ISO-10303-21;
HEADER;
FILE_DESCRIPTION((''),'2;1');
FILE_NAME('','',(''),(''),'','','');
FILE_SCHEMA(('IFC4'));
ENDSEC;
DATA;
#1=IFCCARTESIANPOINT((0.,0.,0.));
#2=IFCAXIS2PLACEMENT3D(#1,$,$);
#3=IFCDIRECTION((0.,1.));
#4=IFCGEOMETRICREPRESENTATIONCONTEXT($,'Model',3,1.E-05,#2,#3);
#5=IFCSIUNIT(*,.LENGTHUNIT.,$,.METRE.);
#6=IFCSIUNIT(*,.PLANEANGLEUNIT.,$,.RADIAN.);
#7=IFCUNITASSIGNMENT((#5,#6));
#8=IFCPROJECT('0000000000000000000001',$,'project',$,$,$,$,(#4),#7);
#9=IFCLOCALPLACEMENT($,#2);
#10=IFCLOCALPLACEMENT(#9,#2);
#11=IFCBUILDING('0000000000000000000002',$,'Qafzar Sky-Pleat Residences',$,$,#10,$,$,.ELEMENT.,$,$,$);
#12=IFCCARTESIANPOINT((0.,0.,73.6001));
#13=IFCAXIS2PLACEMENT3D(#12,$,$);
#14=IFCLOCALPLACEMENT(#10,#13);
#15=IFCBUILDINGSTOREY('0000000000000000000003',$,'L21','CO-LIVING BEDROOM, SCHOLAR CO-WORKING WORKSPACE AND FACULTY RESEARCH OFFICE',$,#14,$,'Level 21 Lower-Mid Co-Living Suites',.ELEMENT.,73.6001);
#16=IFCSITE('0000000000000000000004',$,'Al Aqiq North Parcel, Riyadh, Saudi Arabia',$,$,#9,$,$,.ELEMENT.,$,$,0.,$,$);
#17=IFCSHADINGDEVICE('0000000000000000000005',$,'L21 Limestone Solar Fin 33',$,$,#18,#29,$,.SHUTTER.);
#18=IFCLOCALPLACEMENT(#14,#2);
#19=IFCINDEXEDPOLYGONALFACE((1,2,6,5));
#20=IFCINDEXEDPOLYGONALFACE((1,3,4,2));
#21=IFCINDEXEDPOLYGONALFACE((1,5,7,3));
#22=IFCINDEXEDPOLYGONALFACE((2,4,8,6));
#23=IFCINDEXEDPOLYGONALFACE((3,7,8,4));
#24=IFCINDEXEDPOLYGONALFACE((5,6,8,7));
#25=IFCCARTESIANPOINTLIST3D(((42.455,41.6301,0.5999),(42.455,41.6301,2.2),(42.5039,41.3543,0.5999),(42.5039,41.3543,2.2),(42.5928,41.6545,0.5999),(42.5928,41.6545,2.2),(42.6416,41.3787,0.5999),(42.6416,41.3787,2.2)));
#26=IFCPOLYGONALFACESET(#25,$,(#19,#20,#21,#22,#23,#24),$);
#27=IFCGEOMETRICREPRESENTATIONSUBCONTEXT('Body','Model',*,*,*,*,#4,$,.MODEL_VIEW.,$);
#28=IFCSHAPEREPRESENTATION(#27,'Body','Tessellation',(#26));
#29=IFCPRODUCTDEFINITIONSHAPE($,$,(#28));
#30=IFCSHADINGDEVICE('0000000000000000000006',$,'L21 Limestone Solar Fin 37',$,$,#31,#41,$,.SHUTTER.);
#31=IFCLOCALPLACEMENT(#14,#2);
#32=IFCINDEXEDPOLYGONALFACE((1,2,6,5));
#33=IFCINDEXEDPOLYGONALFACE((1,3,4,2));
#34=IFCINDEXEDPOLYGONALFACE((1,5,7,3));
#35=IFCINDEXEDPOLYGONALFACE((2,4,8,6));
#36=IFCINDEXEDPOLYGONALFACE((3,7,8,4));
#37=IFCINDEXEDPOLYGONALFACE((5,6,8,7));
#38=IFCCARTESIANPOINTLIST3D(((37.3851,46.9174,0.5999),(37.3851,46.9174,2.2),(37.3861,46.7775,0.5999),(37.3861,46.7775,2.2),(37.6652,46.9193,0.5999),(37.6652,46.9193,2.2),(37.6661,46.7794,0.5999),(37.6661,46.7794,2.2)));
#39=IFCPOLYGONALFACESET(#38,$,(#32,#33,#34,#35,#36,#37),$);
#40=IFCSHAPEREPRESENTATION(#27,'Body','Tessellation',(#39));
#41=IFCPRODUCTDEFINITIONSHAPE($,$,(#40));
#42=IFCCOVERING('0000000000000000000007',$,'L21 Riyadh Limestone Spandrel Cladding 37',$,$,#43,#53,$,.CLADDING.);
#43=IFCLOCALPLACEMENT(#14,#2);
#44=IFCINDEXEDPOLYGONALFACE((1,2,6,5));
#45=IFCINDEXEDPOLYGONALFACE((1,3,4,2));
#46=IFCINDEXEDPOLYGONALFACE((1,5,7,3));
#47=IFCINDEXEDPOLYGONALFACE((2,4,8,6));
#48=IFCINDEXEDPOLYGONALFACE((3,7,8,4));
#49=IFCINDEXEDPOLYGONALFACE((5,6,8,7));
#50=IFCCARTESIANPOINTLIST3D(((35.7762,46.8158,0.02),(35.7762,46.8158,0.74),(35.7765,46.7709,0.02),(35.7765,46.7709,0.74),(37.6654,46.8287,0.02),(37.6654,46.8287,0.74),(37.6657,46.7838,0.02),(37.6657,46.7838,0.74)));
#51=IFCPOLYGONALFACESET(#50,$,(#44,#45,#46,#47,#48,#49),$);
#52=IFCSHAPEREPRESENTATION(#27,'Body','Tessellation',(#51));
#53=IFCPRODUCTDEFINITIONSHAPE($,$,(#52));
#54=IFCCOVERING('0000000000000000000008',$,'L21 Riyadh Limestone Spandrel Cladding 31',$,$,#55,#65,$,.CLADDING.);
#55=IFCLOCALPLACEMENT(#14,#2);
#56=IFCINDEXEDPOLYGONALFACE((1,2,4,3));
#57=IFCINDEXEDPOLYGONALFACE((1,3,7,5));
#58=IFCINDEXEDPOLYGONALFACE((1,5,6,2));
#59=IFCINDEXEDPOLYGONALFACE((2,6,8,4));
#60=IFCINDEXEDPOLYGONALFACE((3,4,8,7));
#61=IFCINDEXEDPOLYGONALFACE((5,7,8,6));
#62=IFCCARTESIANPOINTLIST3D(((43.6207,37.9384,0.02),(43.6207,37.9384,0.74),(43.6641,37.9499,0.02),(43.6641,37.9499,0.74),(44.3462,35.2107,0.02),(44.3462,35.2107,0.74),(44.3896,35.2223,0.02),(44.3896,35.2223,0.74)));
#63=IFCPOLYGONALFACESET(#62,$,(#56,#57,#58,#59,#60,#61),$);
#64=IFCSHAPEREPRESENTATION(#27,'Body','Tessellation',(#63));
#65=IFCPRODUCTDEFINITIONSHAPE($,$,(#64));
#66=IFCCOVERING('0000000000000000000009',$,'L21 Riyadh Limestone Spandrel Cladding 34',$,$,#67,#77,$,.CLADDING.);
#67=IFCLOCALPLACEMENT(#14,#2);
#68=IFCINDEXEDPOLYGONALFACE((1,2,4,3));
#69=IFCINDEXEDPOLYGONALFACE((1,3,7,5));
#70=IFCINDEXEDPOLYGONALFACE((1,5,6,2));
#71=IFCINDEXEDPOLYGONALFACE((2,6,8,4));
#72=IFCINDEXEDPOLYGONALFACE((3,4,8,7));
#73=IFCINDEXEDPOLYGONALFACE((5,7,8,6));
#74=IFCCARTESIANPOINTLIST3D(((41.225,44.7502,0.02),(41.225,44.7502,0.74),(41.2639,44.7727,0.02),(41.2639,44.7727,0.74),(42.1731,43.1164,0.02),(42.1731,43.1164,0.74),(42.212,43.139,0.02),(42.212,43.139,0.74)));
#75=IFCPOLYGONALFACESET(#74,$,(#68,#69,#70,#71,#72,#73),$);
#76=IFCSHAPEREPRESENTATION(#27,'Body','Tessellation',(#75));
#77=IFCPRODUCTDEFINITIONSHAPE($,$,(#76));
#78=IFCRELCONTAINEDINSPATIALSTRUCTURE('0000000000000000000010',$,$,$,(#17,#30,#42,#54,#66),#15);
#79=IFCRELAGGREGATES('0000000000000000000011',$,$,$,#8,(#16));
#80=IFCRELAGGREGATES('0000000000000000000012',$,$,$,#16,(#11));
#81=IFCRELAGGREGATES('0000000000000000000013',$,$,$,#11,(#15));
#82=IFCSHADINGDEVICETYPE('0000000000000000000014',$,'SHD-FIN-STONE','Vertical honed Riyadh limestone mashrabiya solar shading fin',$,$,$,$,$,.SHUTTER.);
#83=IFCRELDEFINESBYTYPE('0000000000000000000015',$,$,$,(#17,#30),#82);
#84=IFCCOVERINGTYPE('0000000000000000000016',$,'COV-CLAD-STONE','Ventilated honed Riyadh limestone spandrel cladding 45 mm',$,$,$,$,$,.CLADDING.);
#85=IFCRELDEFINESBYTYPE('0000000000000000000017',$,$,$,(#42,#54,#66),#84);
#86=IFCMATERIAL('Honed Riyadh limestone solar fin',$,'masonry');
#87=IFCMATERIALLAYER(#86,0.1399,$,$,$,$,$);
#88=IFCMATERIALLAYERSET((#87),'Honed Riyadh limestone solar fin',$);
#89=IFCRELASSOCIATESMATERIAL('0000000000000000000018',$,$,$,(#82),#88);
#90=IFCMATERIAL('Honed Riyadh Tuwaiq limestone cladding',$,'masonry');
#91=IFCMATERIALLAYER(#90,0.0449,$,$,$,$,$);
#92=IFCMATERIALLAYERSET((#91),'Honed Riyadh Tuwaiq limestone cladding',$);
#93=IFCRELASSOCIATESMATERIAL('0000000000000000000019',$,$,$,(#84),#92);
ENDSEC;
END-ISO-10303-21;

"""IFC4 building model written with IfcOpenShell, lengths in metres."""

from ifc_helpers import new_model, si_unit, direction, frame, origin, origin_2d, place, context, subcontext, project, spatial, rectangle, extrude, source, transform, mapped, material, layer, layer_set, type_object, element, save


model = new_model("IFC4")

# Units and contexts
model_context = context("Model", 3, precision=1e-05, world=origin(), true_north=direction((0.0, 1.0)))
body_context = subcontext(model_context, "Body", "Model", "MODEL_VIEW")
ifc_project = project(units=[si_unit("LENGTHUNIT", "METRE"), si_unit("PLANEANGLEUNIT", "RADIAN")], contexts=[model_context])

# Site, building, storey
site_placement = place(None, origin())
site = spatial("IfcSite", under=ifc_project, at=site_placement, Name="Al Aqiq North Parcel, Riyadh, Saudi Arabia", CompositionType="ELEMENT", RefElevation=0.0)
building_placement = place(site_placement, origin())
building = spatial("IfcBuilding", under=site, at=building_placement, Name="Qafzar Sky-Pleat Residences", CompositionType="ELEMENT")
storey_placement = place(building_placement, frame((0.0, 0.0, 73.6001)))
storey = spatial("IfcBuildingStorey", under=building, at=storey_placement, Name="L21", Description="CO-LIVING BEDROOM, SCHOLAR CO-WORKING WORKSPACE AND FACULTY RESEARCH OFFICE", LongName="Level 21 Lower-Mid Co-Living Suites", CompositionType="ELEMENT", Elevation=73.6001)

# Shading devices
ifc_material_1 = material(Name="Honed Riyadh limestone solar fin", Category="masonry")
ifc_layer_1 = layer(ifc_material_1, 0.1399)
ifc_layer_set_1 = layer_set([ifc_layer_1], Name="Honed Riyadh limestone solar fin")
shading_device_type = type_object("IfcShadingDeviceType", Name="SHD-FIN-STONE", Description="Vertical honed Riyadh limestone mashrabiya solar shading fin", PredefinedType="SHUTTER", material=ifc_layer_set_1)
shared_shape_1 = source(origin(), body_context, "Body", "SweptSolid", [
    extrude(rectangle(XDim=0.1399, YDim=0.28, at=origin_2d()), origin(), (0.0, 0.0, 1.0), 1.6001),
])
for number, where, z_axis, x_axis, name in (
    (1, (42.5483, 41.5044, 0.5999), (0.0, 0.0, 1.0), (0.984676, 0.174394, 0.0), "L21 Limestone Solar Fin 33"),
    (2, (37.5256, 46.8484, 0.5999), (0.0, 0.0, 1.0), (-0.006822, 0.999977, 0.0), "L21 Limestone Solar Fin 37"),
):
    element("IfcShadingDevice", number, at=place(storey_placement, frame(where, z_axis=z_axis, x_axis=x_axis)), inside=storey, type_object=shading_device_type, Name=name, PredefinedType="SHUTTER", context=body_context, shape_type="MappedRepresentation", body=[
        mapped(shared_shape_1, transform((0.0, 0.0, 0.0), x_axis=(1.0, 0.0, 0.0), y_axis=(0.0, 1.0, 0.0), z_axis=(0.0, 0.0, 1.0), scale=1.0)),
    ])

# Coverings
ifc_material_2 = material(Name="Honed Riyadh Tuwaiq limestone cladding", Category="masonry")
ifc_layer_2 = layer(ifc_material_2, 0.0449)
ifc_layer_set_2 = layer_set([ifc_layer_2], Name="Honed Riyadh Tuwaiq limestone cladding")
covering_type = type_object("IfcCoveringType", Name="COV-CLAD-STONE", Description="Ventilated honed Riyadh limestone spandrel cladding 45 mm", PredefinedType="CLADDING", material=ifc_layer_set_2)
shared_shape_2 = source(origin(), body_context, "Body", "SweptSolid", [
    extrude(rectangle(XDim=1.8892, YDim=0.0449, at=origin_2d()), origin(), (0.0, 0.0, 1.0), 0.72),
])
covering_1_placement = place(storey_placement, frame((36.7209, 46.7998, 0.02), z_axis=(0.0, 0.0, 1.0), x_axis=(-0.999976, -0.006861, 0.0)))
element("IfcCovering", 3, at=covering_1_placement, inside=storey, type_object=covering_type, Name="L21 Riyadh Limestone Spandrel Cladding 37", PredefinedType="CLADDING", context=body_context, shape_type="MappedRepresentation", body=[
    mapped(shared_shape_2, transform((0.0, 0.0, 0.0), x_axis=(1.0, 0.0, 0.0), y_axis=(0.0, 1.0, 0.0), z_axis=(0.0, 0.0, 1.0), scale=1.0)),
])
shared_shape_3 = source(origin(), body_context, "Body", "SweptSolid", [
    extrude(rectangle(XDim=2.8225, YDim=0.0449, at=origin_2d()), origin(), (0.0, 0.0, 1.0), 0.72),
])
covering_2_placement = place(storey_placement, frame((44.0051, 36.5803, 0.02), z_axis=(0.0, 0.0, 1.0), x_axis=(-0.257033, 0.966403, 0.0)))
element("IfcCovering", 4, at=covering_2_placement, inside=storey, type_object=covering_type, Name="L21 Riyadh Limestone Spandrel Cladding 31", PredefinedType="CLADDING", context=body_context, shape_type="MappedRepresentation", body=[
    mapped(shared_shape_3, transform((0.0, 0.0, 0.0), x_axis=(1.0, 0.0, 0.0), y_axis=(0.0, 1.0, 0.0), z_axis=(0.0, 0.0, 1.0), scale=1.0)),
])
shared_shape_4 = source(origin(), body_context, "Body", "SweptSolid", [
    extrude(rectangle(XDim=1.8889, YDim=0.0449, at=origin_2d()), origin(), (0.0, 0.0, 1.0), 0.72),
])
covering_3_placement = place(storey_placement, frame((41.7185, 43.9446, 0.02), z_axis=(0.0, 0.0, 1.0), x_axis=(-0.501941, 0.864902, 0.0)))
element("IfcCovering", 5, at=covering_3_placement, inside=storey, type_object=covering_type, Name="L21 Riyadh Limestone Spandrel Cladding 34", PredefinedType="CLADDING", context=body_context, shape_type="MappedRepresentation", body=[
    mapped(shared_shape_4, transform((0.0, 0.0, 0.0), x_axis=(1.0, 0.0, 0.0), y_axis=(0.0, 1.0, 0.0), z_axis=(0.0, 0.0, 1.0), scale=1.0)),
])

save(model, "model.ifc")
